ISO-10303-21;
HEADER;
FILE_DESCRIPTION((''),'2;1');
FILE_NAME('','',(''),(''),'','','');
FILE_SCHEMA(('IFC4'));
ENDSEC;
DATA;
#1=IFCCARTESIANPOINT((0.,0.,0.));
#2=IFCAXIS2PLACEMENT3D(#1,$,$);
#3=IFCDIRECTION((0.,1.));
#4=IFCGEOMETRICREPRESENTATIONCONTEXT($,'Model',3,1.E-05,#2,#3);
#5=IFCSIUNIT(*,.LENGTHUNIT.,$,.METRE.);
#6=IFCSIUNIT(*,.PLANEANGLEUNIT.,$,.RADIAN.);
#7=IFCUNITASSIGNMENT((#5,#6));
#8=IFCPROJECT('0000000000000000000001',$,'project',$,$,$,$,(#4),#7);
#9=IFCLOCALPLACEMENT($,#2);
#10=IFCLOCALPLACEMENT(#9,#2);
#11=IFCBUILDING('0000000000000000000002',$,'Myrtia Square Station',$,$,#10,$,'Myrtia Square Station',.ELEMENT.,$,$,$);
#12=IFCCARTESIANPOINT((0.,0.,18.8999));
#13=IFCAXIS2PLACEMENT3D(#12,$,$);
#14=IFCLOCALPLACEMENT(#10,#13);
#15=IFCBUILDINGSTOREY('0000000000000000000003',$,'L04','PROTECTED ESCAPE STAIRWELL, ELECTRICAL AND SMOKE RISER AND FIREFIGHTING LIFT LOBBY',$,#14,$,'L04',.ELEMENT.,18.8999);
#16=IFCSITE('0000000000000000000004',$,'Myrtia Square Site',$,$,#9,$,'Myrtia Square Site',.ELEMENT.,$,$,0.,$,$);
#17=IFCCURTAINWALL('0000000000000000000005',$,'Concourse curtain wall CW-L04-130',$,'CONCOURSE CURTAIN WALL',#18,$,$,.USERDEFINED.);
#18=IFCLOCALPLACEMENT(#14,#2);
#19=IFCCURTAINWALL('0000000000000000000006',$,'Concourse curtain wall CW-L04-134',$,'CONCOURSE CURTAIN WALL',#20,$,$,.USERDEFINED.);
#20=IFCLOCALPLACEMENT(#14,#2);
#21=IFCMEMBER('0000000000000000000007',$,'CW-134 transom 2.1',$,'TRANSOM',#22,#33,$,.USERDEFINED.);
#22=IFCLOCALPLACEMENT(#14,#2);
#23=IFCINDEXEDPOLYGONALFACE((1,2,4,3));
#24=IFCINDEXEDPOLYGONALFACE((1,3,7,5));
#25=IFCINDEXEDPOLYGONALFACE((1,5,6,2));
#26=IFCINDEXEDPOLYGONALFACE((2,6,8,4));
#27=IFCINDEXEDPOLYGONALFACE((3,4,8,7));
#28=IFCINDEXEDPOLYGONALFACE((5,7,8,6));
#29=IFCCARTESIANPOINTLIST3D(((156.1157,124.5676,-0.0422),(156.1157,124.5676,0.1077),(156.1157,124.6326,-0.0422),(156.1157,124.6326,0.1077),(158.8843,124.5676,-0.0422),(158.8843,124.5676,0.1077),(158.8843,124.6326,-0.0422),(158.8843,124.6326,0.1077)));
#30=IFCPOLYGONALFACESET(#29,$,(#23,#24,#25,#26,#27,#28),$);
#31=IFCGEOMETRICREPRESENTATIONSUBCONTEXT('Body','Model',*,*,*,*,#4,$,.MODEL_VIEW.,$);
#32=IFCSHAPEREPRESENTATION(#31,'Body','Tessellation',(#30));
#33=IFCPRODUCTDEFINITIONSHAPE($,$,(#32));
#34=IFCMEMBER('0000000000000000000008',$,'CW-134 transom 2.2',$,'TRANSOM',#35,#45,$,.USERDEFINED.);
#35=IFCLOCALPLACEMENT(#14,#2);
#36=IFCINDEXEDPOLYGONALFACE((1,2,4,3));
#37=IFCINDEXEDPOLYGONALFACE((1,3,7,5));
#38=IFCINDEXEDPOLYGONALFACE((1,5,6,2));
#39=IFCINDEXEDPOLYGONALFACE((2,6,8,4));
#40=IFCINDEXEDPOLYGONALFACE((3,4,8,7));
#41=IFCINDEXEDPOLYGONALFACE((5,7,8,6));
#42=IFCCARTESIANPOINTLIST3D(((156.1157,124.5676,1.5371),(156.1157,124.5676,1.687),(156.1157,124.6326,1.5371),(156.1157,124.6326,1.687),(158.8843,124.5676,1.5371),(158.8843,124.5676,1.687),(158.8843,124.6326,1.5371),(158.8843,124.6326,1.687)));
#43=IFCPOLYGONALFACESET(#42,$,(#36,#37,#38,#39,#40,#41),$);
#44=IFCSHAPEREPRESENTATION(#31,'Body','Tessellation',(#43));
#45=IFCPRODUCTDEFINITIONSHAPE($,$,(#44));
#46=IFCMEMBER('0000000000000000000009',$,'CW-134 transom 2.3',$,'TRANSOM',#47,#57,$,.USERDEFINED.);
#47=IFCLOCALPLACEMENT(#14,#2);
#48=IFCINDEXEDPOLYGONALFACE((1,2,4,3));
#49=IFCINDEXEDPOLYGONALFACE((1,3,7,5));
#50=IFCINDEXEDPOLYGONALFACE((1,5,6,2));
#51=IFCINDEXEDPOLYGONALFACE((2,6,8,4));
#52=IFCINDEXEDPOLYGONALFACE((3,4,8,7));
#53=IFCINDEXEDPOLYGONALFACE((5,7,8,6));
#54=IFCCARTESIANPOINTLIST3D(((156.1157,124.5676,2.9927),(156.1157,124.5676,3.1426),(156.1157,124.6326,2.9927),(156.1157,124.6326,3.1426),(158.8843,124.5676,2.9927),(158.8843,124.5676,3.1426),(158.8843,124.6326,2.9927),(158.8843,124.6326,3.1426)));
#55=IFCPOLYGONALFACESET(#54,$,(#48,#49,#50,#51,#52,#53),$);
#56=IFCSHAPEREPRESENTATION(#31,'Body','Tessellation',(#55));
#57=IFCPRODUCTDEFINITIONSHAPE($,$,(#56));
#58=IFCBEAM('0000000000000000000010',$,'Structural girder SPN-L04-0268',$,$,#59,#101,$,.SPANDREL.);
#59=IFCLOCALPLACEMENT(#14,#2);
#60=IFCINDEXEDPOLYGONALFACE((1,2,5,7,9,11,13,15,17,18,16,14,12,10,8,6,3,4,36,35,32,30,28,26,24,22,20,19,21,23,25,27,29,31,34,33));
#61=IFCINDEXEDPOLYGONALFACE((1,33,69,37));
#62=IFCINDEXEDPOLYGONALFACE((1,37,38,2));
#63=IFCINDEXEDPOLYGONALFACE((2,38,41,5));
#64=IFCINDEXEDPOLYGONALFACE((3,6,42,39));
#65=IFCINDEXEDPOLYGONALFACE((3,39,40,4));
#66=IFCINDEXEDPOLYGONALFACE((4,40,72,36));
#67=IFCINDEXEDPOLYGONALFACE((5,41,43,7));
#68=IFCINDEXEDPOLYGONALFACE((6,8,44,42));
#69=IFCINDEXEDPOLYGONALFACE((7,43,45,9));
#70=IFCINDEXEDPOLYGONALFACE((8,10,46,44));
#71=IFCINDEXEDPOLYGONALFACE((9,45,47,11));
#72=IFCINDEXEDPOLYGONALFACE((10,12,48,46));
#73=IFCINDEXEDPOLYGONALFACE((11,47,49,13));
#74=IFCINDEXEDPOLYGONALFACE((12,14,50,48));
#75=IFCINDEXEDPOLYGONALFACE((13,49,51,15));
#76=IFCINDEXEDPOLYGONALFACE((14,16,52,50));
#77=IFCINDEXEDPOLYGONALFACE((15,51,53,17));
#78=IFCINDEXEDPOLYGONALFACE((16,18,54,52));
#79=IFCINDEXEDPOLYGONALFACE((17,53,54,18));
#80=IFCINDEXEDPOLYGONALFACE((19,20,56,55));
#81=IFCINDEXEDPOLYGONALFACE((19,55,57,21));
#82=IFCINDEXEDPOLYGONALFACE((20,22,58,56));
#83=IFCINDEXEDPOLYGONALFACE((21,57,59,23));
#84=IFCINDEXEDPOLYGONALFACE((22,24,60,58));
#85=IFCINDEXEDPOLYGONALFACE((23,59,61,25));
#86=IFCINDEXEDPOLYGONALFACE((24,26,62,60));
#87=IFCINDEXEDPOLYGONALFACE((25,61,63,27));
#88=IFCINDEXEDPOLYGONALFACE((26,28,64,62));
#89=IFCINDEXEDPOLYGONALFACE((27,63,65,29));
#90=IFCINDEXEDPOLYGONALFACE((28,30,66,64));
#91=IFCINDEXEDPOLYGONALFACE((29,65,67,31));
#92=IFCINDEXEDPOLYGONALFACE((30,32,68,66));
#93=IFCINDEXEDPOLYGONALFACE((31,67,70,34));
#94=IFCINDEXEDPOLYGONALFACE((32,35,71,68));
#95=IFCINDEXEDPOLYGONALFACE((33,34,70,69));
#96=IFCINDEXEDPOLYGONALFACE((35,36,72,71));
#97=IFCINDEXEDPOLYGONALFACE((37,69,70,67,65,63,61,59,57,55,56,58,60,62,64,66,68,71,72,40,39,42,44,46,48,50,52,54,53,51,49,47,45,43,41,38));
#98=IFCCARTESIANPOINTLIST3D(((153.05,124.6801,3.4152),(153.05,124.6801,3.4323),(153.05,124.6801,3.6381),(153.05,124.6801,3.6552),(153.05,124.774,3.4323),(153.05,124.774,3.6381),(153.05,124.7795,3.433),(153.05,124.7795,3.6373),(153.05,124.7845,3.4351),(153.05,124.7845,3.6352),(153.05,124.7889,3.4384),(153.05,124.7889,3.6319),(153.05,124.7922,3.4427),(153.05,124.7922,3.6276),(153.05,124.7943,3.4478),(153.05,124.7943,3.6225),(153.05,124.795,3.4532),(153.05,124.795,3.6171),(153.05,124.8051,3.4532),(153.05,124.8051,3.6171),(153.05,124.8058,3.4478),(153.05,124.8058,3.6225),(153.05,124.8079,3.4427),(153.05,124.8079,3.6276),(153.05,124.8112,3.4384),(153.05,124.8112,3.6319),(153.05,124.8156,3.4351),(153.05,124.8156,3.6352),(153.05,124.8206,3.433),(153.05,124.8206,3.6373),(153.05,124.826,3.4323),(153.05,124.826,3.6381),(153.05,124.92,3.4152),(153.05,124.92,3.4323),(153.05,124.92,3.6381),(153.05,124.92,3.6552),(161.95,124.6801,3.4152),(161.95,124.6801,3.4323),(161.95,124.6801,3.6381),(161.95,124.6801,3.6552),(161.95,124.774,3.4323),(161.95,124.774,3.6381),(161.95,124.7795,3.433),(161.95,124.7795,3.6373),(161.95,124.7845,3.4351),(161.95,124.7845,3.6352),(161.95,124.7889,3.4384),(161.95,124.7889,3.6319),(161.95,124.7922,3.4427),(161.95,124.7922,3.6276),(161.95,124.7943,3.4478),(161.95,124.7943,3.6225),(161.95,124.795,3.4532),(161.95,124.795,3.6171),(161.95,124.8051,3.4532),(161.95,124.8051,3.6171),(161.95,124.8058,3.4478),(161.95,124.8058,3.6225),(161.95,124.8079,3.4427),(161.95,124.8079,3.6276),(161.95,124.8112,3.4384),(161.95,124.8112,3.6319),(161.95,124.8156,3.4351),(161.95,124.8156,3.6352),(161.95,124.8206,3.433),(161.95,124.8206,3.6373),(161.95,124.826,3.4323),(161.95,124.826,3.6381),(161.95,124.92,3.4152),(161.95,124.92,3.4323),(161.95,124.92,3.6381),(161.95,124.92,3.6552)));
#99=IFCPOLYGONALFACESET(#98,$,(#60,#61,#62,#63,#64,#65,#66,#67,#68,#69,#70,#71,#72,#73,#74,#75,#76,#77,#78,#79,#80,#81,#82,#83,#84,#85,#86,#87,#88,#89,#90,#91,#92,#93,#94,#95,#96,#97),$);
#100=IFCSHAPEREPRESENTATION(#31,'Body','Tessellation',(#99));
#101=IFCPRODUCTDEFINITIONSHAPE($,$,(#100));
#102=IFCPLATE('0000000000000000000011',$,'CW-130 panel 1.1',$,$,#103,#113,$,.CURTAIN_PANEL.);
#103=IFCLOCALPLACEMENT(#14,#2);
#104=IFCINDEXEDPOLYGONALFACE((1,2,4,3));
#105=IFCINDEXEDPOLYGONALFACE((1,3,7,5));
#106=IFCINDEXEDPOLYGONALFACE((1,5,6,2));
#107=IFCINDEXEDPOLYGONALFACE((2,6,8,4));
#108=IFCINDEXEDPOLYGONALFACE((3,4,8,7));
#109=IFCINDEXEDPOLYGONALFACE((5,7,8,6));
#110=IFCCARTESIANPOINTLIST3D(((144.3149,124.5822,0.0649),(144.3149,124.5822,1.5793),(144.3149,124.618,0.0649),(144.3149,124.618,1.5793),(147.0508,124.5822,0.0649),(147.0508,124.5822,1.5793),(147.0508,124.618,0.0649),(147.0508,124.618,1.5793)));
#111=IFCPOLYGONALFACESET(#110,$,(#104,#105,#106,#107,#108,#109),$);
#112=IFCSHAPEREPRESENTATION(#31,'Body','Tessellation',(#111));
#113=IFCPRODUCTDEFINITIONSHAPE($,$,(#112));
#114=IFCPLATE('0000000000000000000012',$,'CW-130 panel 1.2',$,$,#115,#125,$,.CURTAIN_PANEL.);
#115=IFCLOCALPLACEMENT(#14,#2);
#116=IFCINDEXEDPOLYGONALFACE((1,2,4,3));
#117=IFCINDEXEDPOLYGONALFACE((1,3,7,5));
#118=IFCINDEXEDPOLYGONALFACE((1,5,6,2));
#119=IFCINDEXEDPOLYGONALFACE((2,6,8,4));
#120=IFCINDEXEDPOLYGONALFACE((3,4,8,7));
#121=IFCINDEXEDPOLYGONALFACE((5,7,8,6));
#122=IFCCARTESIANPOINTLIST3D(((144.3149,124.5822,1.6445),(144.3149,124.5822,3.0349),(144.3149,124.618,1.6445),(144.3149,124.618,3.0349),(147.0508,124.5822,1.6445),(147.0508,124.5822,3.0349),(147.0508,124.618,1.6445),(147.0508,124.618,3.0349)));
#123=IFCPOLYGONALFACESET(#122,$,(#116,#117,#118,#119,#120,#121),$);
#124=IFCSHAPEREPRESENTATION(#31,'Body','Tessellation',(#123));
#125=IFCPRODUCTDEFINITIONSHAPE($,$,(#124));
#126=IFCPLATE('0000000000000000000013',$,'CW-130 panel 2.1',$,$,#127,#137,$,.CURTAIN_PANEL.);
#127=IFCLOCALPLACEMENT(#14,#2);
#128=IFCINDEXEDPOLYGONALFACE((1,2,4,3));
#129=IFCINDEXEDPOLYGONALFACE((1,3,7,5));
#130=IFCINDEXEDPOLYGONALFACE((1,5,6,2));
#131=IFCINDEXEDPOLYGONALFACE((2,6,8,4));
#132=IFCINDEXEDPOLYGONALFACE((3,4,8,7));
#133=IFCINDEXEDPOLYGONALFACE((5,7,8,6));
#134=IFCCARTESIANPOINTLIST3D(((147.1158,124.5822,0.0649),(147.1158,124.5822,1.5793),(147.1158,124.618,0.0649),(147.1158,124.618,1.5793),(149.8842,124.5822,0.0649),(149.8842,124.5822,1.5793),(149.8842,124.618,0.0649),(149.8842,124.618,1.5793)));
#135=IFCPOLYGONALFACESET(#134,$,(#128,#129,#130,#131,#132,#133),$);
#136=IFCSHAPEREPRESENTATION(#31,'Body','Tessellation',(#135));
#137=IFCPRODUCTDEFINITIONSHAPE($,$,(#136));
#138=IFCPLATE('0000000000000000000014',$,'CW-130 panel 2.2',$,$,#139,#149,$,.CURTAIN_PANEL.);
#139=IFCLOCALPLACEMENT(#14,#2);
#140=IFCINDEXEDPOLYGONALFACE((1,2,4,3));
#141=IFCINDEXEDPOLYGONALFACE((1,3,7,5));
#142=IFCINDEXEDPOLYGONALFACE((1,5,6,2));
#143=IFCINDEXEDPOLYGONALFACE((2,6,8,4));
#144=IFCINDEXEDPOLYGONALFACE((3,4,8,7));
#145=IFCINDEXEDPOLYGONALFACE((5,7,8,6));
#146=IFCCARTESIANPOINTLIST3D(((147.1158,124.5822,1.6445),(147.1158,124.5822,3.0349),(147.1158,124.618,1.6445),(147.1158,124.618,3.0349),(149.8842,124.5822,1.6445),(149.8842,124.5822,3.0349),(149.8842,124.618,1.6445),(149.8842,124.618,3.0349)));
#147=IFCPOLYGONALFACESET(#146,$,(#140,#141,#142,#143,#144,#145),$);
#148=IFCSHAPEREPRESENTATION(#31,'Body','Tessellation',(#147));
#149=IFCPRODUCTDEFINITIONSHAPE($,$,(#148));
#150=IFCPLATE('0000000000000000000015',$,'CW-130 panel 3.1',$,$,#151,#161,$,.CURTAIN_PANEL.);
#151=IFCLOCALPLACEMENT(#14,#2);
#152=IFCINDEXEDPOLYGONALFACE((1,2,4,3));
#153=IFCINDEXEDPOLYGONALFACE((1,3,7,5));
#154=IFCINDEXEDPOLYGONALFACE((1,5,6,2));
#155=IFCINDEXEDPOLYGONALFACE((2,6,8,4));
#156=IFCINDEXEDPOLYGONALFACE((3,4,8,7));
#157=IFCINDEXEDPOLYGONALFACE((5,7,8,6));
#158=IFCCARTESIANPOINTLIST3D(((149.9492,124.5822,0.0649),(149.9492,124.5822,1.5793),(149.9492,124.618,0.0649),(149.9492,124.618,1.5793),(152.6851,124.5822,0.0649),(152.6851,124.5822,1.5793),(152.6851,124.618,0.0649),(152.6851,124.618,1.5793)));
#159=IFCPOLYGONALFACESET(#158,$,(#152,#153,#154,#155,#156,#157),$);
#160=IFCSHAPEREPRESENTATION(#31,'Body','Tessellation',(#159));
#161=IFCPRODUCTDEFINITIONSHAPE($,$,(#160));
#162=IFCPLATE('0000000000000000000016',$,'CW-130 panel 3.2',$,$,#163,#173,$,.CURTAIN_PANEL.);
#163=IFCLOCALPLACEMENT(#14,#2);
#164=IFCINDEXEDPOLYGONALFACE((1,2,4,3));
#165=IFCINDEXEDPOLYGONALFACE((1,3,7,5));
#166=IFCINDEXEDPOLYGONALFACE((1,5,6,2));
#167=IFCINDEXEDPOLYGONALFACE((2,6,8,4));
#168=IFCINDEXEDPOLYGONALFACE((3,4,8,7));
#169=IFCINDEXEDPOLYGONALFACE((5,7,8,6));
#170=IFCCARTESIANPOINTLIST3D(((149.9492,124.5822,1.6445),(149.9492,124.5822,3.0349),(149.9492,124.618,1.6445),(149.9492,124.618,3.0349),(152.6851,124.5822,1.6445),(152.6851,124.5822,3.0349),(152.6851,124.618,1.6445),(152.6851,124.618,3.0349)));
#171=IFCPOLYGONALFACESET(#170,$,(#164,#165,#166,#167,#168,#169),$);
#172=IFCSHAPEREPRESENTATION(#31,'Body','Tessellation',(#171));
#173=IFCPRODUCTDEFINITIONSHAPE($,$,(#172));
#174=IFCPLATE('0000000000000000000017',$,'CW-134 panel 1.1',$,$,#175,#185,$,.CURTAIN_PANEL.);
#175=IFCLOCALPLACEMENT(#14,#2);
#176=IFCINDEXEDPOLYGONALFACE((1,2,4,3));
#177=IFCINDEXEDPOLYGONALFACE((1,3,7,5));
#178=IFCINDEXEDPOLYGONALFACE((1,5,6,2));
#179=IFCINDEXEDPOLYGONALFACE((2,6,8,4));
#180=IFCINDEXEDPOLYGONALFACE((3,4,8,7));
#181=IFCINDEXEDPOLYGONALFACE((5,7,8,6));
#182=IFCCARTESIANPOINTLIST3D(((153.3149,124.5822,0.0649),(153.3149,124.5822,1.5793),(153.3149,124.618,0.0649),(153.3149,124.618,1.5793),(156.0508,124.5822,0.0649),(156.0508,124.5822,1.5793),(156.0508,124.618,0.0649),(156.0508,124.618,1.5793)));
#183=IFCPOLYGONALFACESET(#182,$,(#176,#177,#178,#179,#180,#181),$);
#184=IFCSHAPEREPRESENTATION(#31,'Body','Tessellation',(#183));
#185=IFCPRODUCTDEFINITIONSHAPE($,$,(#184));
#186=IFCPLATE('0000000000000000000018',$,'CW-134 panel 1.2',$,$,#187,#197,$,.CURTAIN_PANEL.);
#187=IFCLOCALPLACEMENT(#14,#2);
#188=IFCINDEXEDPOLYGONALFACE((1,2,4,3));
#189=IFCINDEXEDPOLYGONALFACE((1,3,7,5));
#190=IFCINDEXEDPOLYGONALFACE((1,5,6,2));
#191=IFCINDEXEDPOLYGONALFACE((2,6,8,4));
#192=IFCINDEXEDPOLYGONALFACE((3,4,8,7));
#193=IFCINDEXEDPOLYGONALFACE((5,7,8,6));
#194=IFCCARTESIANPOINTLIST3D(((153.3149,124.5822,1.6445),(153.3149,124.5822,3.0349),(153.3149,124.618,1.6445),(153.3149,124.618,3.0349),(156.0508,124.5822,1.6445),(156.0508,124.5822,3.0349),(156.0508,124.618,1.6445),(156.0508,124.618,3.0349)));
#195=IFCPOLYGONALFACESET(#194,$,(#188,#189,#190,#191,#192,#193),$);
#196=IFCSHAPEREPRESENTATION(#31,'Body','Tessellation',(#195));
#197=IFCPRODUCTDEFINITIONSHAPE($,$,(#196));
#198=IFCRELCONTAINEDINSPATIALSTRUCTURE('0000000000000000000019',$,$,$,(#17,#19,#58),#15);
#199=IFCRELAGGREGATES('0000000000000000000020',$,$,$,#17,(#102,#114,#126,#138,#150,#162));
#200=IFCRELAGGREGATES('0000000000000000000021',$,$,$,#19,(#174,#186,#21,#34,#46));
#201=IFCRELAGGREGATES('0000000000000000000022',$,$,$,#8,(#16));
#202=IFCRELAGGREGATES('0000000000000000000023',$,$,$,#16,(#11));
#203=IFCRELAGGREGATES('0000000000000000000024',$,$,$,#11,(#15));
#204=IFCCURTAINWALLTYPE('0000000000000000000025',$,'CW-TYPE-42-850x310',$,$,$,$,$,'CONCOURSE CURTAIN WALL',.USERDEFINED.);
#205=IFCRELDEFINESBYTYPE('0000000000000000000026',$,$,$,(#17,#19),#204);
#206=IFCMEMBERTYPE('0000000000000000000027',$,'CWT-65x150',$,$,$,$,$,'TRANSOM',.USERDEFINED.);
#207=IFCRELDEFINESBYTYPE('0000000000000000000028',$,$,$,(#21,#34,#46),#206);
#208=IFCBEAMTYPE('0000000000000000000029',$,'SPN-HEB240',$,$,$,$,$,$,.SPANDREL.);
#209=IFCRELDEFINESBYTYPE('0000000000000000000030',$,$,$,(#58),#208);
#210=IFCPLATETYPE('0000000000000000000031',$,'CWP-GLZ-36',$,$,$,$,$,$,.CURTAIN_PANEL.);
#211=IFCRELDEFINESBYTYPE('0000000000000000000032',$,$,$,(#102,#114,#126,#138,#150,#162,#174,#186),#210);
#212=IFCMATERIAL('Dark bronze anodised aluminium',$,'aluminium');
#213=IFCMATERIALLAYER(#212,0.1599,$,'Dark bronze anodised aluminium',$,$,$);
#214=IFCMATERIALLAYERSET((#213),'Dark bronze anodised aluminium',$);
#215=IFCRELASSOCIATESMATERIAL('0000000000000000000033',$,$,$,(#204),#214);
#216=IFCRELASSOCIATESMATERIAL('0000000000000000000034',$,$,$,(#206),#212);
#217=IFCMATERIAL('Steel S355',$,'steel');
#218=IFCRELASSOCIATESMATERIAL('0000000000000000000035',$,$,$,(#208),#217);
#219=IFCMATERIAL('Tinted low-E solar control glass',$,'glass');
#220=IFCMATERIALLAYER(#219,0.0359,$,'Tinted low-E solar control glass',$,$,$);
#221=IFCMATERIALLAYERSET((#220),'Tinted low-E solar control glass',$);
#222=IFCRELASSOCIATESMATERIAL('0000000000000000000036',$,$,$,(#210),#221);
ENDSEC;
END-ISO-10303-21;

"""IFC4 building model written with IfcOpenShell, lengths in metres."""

from ifc_helpers import new_model, si_unit, direction, frame, origin, origin_2d, place, context, subcontext, project, spatial, rectangle, i_section, extrude, material, layer, layer_set, material_profile, profile_set, type_object, element, aggregate, save


model = new_model("IFC4")

# Units and contexts
model_context = context("Model", 3, precision=1e-05, world=origin(), true_north=direction((0.0, 1.0)))
body_context = subcontext(model_context, "Body", "Model", "MODEL_VIEW")
ifc_project = project(units=[si_unit("LENGTHUNIT", "METRE"), si_unit("PLANEANGLEUNIT", "RADIAN")], contexts=[model_context])

# Site, building, storey
site_placement = place(None, origin())
site = spatial("IfcSite", under=ifc_project, at=site_placement, Name="Myrtia Square Site", LongName="Myrtia Square Site", CompositionType="ELEMENT", RefElevation=0.0)
building_placement = place(site_placement, origin())
building = spatial("IfcBuilding", under=site, at=building_placement, Name="Myrtia Square Station", LongName="Myrtia Square Station", CompositionType="ELEMENT")
storey_placement = place(building_placement, frame((0.0, 0.0, 18.8999)))
storey = spatial("IfcBuildingStorey", under=building, at=storey_placement, Name="L04", Description="PROTECTED ESCAPE STAIRWELL, ELECTRICAL AND SMOKE RISER AND FIREFIGHTING LIFT LOBBY", LongName="L04", CompositionType="ELEMENT", Elevation=18.8999)

# Shared definitions
ifc_material_1 = material(Name="Steel S355", Category="steel")

# Curtain walls
ifc_material_2 = material(Name="Dark bronze anodised aluminium", Category="aluminium")
ifc_layer_1 = layer(ifc_material_2, 0.1599, Name="Dark bronze anodised aluminium")
ifc_layer_set_1 = layer_set([ifc_layer_1], Name="Dark bronze anodised aluminium")
curtain_wall_type = type_object("IfcCurtainWallType", Name="CW-TYPE-42-850x310", ElementType="CONCOURSE CURTAIN WALL", PredefinedType="USERDEFINED", material=ifc_layer_set_1)
curtain_wall_1_placement = place(storey_placement, origin())
curtain_wall_1 = element("IfcCurtainWall", 1, at=curtain_wall_1_placement, inside=storey, type_object=curtain_wall_type, Name="Concourse curtain wall CW-L04-130", ObjectType="CONCOURSE CURTAIN WALL", PredefinedType="USERDEFINED")
curtain_wall_2_placement = place(storey_placement, origin())
curtain_wall_2 = element("IfcCurtainWall", 2, at=curtain_wall_2_placement, inside=storey, type_object=curtain_wall_type, Name="Concourse curtain wall CW-L04-134", ObjectType="CONCOURSE CURTAIN WALL", PredefinedType="USERDEFINED")

# Members
ifc_material_profile_1 = material_profile(ifc_material_2, rectangle(XDim=0.0649, YDim=0.1499, at=origin_2d()), Name="ALU-T 65x150")
ifc_profile_set_1 = profile_set([ifc_material_profile_1], Name="Dark bronze anodised aluminium")
member_type_1 = type_object("IfcMemberType", Name="CWT-65x150", ElementType="TRANSOM", PredefinedType="USERDEFINED", material=ifc_profile_set_1)
member_1_placement = place(storey_placement, frame((156.1157, 124.6001, 0.0327), z_axis=(1.0, 0.0, 0.0), x_axis=(0.0, 1.0, 0.0)))
member_1 = element("IfcMember", 3, at=member_1_placement, type_object=member_type_1, Name="CW-134 transom 2.1", ObjectType="TRANSOM", PredefinedType="USERDEFINED", context=body_context, shape_type="SweptSolid", body=[
    extrude(rectangle(XDim=0.0649, YDim=0.1499, at=origin_2d()), origin(), (0.0, 0.0, 1.0), 2.7686),
])
member_2_placement = place(storey_placement, frame((156.1157, 124.6001, 1.6121), z_axis=(1.0, 0.0, 0.0), x_axis=(0.0, 1.0, 0.0)))
member_2 = element("IfcMember", 4, at=member_2_placement, type_object=member_type_1, Name="CW-134 transom 2.2", ObjectType="TRANSOM", PredefinedType="USERDEFINED", context=body_context, shape_type="SweptSolid", body=[
    extrude(rectangle(XDim=0.0649, YDim=0.1499, at=origin_2d()), origin(), (0.0, 0.0, 1.0), 2.7686),
])
member_3_placement = place(storey_placement, frame((156.1157, 124.6001, 3.0676), z_axis=(1.0, 0.0, 0.0), x_axis=(0.0, 1.0, 0.0)))
member_3 = element("IfcMember", 5, at=member_3_placement, type_object=member_type_1, Name="CW-134 transom 2.3", ObjectType="TRANSOM", PredefinedType="USERDEFINED", context=body_context, shape_type="SweptSolid", body=[
    extrude(rectangle(XDim=0.0649, YDim=0.1499, at=origin_2d()), origin(), (0.0, 0.0, 1.0), 2.7686),
])

# Beam
ifc_material_profile_2 = material_profile(ifc_material_1, i_section(OverallWidth=0.24, OverallDepth=0.24, WebThickness=0.01, FlangeThickness=0.0171, FilletRadius=0.021, at=origin_2d()), Name="HEB 240")
ifc_profile_set_2 = profile_set([ifc_material_profile_2], Name="Steel S355")
beam_type_1 = type_object("IfcBeamType", Name="SPN-HEB240", PredefinedType="SPANDREL", material=ifc_profile_set_2)
beam_1_placement = place(storey_placement, frame((153.05, 124.8, 3.5352), z_axis=(1.0, 0.0, 0.0), x_axis=(0.0, 1.0, 0.0)))
element("IfcBeam", 6, at=beam_1_placement, inside=storey, type_object=beam_type_1, Name="Structural girder SPN-L04-0268", PredefinedType="SPANDREL", context=body_context, shape_type="SweptSolid", body=[
    extrude(i_section(OverallWidth=0.24, OverallDepth=0.24, WebThickness=0.01, FlangeThickness=0.0171, FilletRadius=0.021, at=origin_2d()), origin(), (0.0, 0.0, 1.0), 8.8999),
])

# Plates
ifc_material_3 = material(Name="Tinted low-E solar control glass", Category="glass")
ifc_layer_2 = layer(ifc_material_3, 0.0359, Name="Tinted low-E solar control glass")
ifc_layer_set_2 = layer_set([ifc_layer_2], Name="Tinted low-E solar control glass")
plate_type = type_object("IfcPlateType", Name="CWP-GLZ-36", PredefinedType="CURTAIN_PANEL", material=ifc_layer_set_2)
plate_1_placement = place(storey_placement, frame((145.6829, 124.6001, 0.0649), z_axis=(0.0, 0.0, 1.0), x_axis=(1.0, 0.0, 0.0)))
plate_1 = element("IfcPlate", 7, at=plate_1_placement, type_object=plate_type, Name="CW-130 panel 1.1", PredefinedType="CURTAIN_PANEL", context=body_context, shape_type="SweptSolid", body=[
    extrude(rectangle(XDim=2.7358, YDim=0.0359, at=origin_2d()), origin(), (0.0, 0.0, 1.0), 1.5144),
])
plate_2_placement = place(storey_placement, frame((145.6829, 124.6001, 1.6445), z_axis=(0.0, 0.0, 1.0), x_axis=(1.0, 0.0, 0.0)))
plate_2 = element("IfcPlate", 8, at=plate_2_placement, type_object=plate_type, Name="CW-130 panel 1.2", PredefinedType="CURTAIN_PANEL", context=body_context, shape_type="SweptSolid", body=[
    extrude(rectangle(XDim=2.7358, YDim=0.0359, at=origin_2d()), origin(), (0.0, 0.0, 1.0), 1.3904),
])
plate_3_placement = place(storey_placement, frame((148.5, 124.6001, 0.0649), z_axis=(0.0, 0.0, 1.0), x_axis=(1.0, 0.0, 0.0)))
plate_3 = element("IfcPlate", 9, at=plate_3_placement, type_object=plate_type, Name="CW-130 panel 2.1", PredefinedType="CURTAIN_PANEL", context=body_context, shape_type="SweptSolid", body=[
    extrude(rectangle(XDim=2.7683, YDim=0.0359, at=origin_2d()), origin(), (0.0, 0.0, 1.0), 1.5144),
])
plate_4_placement = place(storey_placement, frame((148.5, 124.6001, 1.6445), z_axis=(0.0, 0.0, 1.0), x_axis=(1.0, 0.0, 0.0)))
plate_4 = element("IfcPlate", 10, at=plate_4_placement, type_object=plate_type, Name="CW-130 panel 2.2", PredefinedType="CURTAIN_PANEL", context=body_context, shape_type="SweptSolid", body=[
    extrude(rectangle(XDim=2.7683, YDim=0.0359, at=origin_2d()), origin(), (0.0, 0.0, 1.0), 1.3904),
])
plate_5_placement = place(storey_placement, frame((151.3171, 124.6001, 0.0649), z_axis=(0.0, 0.0, 1.0), x_axis=(1.0, 0.0, 0.0)))
plate_5 = element("IfcPlate", 11, at=plate_5_placement, type_object=plate_type, Name="CW-130 panel 3.1", PredefinedType="CURTAIN_PANEL", context=body_context, shape_type="SweptSolid", body=[
    extrude(rectangle(XDim=2.7358, YDim=0.0359, at=origin_2d()), origin(), (0.0, 0.0, 1.0), 1.5144),
])
plate_6_placement = place(storey_placement, frame((151.3171, 124.6001, 1.6445), z_axis=(0.0, 0.0, 1.0), x_axis=(1.0, 0.0, 0.0)))
plate_6 = element("IfcPlate", 12, at=plate_6_placement, type_object=plate_type, Name="CW-130 panel 3.2", PredefinedType="CURTAIN_PANEL", context=body_context, shape_type="SweptSolid", body=[
    extrude(rectangle(XDim=2.7358, YDim=0.0359, at=origin_2d()), origin(), (0.0, 0.0, 1.0), 1.3904),
])
aggregate(curtain_wall_1, [plate_1, plate_2, plate_3, plate_4, plate_5, plate_6])
plate_7_placement = place(storey_placement, frame((154.6829, 124.6001, 0.0649), z_axis=(0.0, 0.0, 1.0), x_axis=(1.0, 0.0, 0.0)))
plate_7 = element("IfcPlate", 13, at=plate_7_placement, type_object=plate_type, Name="CW-134 panel 1.1", PredefinedType="CURTAIN_PANEL", context=body_context, shape_type="SweptSolid", body=[
    extrude(rectangle(XDim=2.7358, YDim=0.0359, at=origin_2d()), origin(), (0.0, 0.0, 1.0), 1.5144),
])
plate_8_placement = place(storey_placement, frame((154.6829, 124.6001, 1.6445), z_axis=(0.0, 0.0, 1.0), x_axis=(1.0, 0.0, 0.0)))
plate_8 = element("IfcPlate", 14, at=plate_8_placement, type_object=plate_type, Name="CW-134 panel 1.2", PredefinedType="CURTAIN_PANEL", context=body_context, shape_type="SweptSolid", body=[
    extrude(rectangle(XDim=2.7358, YDim=0.0359, at=origin_2d()), origin(), (0.0, 0.0, 1.0), 1.3904),
])
aggregate(curtain_wall_2, [plate_7, plate_8, member_1, member_2, member_3])

save(model, "model.ifc")
